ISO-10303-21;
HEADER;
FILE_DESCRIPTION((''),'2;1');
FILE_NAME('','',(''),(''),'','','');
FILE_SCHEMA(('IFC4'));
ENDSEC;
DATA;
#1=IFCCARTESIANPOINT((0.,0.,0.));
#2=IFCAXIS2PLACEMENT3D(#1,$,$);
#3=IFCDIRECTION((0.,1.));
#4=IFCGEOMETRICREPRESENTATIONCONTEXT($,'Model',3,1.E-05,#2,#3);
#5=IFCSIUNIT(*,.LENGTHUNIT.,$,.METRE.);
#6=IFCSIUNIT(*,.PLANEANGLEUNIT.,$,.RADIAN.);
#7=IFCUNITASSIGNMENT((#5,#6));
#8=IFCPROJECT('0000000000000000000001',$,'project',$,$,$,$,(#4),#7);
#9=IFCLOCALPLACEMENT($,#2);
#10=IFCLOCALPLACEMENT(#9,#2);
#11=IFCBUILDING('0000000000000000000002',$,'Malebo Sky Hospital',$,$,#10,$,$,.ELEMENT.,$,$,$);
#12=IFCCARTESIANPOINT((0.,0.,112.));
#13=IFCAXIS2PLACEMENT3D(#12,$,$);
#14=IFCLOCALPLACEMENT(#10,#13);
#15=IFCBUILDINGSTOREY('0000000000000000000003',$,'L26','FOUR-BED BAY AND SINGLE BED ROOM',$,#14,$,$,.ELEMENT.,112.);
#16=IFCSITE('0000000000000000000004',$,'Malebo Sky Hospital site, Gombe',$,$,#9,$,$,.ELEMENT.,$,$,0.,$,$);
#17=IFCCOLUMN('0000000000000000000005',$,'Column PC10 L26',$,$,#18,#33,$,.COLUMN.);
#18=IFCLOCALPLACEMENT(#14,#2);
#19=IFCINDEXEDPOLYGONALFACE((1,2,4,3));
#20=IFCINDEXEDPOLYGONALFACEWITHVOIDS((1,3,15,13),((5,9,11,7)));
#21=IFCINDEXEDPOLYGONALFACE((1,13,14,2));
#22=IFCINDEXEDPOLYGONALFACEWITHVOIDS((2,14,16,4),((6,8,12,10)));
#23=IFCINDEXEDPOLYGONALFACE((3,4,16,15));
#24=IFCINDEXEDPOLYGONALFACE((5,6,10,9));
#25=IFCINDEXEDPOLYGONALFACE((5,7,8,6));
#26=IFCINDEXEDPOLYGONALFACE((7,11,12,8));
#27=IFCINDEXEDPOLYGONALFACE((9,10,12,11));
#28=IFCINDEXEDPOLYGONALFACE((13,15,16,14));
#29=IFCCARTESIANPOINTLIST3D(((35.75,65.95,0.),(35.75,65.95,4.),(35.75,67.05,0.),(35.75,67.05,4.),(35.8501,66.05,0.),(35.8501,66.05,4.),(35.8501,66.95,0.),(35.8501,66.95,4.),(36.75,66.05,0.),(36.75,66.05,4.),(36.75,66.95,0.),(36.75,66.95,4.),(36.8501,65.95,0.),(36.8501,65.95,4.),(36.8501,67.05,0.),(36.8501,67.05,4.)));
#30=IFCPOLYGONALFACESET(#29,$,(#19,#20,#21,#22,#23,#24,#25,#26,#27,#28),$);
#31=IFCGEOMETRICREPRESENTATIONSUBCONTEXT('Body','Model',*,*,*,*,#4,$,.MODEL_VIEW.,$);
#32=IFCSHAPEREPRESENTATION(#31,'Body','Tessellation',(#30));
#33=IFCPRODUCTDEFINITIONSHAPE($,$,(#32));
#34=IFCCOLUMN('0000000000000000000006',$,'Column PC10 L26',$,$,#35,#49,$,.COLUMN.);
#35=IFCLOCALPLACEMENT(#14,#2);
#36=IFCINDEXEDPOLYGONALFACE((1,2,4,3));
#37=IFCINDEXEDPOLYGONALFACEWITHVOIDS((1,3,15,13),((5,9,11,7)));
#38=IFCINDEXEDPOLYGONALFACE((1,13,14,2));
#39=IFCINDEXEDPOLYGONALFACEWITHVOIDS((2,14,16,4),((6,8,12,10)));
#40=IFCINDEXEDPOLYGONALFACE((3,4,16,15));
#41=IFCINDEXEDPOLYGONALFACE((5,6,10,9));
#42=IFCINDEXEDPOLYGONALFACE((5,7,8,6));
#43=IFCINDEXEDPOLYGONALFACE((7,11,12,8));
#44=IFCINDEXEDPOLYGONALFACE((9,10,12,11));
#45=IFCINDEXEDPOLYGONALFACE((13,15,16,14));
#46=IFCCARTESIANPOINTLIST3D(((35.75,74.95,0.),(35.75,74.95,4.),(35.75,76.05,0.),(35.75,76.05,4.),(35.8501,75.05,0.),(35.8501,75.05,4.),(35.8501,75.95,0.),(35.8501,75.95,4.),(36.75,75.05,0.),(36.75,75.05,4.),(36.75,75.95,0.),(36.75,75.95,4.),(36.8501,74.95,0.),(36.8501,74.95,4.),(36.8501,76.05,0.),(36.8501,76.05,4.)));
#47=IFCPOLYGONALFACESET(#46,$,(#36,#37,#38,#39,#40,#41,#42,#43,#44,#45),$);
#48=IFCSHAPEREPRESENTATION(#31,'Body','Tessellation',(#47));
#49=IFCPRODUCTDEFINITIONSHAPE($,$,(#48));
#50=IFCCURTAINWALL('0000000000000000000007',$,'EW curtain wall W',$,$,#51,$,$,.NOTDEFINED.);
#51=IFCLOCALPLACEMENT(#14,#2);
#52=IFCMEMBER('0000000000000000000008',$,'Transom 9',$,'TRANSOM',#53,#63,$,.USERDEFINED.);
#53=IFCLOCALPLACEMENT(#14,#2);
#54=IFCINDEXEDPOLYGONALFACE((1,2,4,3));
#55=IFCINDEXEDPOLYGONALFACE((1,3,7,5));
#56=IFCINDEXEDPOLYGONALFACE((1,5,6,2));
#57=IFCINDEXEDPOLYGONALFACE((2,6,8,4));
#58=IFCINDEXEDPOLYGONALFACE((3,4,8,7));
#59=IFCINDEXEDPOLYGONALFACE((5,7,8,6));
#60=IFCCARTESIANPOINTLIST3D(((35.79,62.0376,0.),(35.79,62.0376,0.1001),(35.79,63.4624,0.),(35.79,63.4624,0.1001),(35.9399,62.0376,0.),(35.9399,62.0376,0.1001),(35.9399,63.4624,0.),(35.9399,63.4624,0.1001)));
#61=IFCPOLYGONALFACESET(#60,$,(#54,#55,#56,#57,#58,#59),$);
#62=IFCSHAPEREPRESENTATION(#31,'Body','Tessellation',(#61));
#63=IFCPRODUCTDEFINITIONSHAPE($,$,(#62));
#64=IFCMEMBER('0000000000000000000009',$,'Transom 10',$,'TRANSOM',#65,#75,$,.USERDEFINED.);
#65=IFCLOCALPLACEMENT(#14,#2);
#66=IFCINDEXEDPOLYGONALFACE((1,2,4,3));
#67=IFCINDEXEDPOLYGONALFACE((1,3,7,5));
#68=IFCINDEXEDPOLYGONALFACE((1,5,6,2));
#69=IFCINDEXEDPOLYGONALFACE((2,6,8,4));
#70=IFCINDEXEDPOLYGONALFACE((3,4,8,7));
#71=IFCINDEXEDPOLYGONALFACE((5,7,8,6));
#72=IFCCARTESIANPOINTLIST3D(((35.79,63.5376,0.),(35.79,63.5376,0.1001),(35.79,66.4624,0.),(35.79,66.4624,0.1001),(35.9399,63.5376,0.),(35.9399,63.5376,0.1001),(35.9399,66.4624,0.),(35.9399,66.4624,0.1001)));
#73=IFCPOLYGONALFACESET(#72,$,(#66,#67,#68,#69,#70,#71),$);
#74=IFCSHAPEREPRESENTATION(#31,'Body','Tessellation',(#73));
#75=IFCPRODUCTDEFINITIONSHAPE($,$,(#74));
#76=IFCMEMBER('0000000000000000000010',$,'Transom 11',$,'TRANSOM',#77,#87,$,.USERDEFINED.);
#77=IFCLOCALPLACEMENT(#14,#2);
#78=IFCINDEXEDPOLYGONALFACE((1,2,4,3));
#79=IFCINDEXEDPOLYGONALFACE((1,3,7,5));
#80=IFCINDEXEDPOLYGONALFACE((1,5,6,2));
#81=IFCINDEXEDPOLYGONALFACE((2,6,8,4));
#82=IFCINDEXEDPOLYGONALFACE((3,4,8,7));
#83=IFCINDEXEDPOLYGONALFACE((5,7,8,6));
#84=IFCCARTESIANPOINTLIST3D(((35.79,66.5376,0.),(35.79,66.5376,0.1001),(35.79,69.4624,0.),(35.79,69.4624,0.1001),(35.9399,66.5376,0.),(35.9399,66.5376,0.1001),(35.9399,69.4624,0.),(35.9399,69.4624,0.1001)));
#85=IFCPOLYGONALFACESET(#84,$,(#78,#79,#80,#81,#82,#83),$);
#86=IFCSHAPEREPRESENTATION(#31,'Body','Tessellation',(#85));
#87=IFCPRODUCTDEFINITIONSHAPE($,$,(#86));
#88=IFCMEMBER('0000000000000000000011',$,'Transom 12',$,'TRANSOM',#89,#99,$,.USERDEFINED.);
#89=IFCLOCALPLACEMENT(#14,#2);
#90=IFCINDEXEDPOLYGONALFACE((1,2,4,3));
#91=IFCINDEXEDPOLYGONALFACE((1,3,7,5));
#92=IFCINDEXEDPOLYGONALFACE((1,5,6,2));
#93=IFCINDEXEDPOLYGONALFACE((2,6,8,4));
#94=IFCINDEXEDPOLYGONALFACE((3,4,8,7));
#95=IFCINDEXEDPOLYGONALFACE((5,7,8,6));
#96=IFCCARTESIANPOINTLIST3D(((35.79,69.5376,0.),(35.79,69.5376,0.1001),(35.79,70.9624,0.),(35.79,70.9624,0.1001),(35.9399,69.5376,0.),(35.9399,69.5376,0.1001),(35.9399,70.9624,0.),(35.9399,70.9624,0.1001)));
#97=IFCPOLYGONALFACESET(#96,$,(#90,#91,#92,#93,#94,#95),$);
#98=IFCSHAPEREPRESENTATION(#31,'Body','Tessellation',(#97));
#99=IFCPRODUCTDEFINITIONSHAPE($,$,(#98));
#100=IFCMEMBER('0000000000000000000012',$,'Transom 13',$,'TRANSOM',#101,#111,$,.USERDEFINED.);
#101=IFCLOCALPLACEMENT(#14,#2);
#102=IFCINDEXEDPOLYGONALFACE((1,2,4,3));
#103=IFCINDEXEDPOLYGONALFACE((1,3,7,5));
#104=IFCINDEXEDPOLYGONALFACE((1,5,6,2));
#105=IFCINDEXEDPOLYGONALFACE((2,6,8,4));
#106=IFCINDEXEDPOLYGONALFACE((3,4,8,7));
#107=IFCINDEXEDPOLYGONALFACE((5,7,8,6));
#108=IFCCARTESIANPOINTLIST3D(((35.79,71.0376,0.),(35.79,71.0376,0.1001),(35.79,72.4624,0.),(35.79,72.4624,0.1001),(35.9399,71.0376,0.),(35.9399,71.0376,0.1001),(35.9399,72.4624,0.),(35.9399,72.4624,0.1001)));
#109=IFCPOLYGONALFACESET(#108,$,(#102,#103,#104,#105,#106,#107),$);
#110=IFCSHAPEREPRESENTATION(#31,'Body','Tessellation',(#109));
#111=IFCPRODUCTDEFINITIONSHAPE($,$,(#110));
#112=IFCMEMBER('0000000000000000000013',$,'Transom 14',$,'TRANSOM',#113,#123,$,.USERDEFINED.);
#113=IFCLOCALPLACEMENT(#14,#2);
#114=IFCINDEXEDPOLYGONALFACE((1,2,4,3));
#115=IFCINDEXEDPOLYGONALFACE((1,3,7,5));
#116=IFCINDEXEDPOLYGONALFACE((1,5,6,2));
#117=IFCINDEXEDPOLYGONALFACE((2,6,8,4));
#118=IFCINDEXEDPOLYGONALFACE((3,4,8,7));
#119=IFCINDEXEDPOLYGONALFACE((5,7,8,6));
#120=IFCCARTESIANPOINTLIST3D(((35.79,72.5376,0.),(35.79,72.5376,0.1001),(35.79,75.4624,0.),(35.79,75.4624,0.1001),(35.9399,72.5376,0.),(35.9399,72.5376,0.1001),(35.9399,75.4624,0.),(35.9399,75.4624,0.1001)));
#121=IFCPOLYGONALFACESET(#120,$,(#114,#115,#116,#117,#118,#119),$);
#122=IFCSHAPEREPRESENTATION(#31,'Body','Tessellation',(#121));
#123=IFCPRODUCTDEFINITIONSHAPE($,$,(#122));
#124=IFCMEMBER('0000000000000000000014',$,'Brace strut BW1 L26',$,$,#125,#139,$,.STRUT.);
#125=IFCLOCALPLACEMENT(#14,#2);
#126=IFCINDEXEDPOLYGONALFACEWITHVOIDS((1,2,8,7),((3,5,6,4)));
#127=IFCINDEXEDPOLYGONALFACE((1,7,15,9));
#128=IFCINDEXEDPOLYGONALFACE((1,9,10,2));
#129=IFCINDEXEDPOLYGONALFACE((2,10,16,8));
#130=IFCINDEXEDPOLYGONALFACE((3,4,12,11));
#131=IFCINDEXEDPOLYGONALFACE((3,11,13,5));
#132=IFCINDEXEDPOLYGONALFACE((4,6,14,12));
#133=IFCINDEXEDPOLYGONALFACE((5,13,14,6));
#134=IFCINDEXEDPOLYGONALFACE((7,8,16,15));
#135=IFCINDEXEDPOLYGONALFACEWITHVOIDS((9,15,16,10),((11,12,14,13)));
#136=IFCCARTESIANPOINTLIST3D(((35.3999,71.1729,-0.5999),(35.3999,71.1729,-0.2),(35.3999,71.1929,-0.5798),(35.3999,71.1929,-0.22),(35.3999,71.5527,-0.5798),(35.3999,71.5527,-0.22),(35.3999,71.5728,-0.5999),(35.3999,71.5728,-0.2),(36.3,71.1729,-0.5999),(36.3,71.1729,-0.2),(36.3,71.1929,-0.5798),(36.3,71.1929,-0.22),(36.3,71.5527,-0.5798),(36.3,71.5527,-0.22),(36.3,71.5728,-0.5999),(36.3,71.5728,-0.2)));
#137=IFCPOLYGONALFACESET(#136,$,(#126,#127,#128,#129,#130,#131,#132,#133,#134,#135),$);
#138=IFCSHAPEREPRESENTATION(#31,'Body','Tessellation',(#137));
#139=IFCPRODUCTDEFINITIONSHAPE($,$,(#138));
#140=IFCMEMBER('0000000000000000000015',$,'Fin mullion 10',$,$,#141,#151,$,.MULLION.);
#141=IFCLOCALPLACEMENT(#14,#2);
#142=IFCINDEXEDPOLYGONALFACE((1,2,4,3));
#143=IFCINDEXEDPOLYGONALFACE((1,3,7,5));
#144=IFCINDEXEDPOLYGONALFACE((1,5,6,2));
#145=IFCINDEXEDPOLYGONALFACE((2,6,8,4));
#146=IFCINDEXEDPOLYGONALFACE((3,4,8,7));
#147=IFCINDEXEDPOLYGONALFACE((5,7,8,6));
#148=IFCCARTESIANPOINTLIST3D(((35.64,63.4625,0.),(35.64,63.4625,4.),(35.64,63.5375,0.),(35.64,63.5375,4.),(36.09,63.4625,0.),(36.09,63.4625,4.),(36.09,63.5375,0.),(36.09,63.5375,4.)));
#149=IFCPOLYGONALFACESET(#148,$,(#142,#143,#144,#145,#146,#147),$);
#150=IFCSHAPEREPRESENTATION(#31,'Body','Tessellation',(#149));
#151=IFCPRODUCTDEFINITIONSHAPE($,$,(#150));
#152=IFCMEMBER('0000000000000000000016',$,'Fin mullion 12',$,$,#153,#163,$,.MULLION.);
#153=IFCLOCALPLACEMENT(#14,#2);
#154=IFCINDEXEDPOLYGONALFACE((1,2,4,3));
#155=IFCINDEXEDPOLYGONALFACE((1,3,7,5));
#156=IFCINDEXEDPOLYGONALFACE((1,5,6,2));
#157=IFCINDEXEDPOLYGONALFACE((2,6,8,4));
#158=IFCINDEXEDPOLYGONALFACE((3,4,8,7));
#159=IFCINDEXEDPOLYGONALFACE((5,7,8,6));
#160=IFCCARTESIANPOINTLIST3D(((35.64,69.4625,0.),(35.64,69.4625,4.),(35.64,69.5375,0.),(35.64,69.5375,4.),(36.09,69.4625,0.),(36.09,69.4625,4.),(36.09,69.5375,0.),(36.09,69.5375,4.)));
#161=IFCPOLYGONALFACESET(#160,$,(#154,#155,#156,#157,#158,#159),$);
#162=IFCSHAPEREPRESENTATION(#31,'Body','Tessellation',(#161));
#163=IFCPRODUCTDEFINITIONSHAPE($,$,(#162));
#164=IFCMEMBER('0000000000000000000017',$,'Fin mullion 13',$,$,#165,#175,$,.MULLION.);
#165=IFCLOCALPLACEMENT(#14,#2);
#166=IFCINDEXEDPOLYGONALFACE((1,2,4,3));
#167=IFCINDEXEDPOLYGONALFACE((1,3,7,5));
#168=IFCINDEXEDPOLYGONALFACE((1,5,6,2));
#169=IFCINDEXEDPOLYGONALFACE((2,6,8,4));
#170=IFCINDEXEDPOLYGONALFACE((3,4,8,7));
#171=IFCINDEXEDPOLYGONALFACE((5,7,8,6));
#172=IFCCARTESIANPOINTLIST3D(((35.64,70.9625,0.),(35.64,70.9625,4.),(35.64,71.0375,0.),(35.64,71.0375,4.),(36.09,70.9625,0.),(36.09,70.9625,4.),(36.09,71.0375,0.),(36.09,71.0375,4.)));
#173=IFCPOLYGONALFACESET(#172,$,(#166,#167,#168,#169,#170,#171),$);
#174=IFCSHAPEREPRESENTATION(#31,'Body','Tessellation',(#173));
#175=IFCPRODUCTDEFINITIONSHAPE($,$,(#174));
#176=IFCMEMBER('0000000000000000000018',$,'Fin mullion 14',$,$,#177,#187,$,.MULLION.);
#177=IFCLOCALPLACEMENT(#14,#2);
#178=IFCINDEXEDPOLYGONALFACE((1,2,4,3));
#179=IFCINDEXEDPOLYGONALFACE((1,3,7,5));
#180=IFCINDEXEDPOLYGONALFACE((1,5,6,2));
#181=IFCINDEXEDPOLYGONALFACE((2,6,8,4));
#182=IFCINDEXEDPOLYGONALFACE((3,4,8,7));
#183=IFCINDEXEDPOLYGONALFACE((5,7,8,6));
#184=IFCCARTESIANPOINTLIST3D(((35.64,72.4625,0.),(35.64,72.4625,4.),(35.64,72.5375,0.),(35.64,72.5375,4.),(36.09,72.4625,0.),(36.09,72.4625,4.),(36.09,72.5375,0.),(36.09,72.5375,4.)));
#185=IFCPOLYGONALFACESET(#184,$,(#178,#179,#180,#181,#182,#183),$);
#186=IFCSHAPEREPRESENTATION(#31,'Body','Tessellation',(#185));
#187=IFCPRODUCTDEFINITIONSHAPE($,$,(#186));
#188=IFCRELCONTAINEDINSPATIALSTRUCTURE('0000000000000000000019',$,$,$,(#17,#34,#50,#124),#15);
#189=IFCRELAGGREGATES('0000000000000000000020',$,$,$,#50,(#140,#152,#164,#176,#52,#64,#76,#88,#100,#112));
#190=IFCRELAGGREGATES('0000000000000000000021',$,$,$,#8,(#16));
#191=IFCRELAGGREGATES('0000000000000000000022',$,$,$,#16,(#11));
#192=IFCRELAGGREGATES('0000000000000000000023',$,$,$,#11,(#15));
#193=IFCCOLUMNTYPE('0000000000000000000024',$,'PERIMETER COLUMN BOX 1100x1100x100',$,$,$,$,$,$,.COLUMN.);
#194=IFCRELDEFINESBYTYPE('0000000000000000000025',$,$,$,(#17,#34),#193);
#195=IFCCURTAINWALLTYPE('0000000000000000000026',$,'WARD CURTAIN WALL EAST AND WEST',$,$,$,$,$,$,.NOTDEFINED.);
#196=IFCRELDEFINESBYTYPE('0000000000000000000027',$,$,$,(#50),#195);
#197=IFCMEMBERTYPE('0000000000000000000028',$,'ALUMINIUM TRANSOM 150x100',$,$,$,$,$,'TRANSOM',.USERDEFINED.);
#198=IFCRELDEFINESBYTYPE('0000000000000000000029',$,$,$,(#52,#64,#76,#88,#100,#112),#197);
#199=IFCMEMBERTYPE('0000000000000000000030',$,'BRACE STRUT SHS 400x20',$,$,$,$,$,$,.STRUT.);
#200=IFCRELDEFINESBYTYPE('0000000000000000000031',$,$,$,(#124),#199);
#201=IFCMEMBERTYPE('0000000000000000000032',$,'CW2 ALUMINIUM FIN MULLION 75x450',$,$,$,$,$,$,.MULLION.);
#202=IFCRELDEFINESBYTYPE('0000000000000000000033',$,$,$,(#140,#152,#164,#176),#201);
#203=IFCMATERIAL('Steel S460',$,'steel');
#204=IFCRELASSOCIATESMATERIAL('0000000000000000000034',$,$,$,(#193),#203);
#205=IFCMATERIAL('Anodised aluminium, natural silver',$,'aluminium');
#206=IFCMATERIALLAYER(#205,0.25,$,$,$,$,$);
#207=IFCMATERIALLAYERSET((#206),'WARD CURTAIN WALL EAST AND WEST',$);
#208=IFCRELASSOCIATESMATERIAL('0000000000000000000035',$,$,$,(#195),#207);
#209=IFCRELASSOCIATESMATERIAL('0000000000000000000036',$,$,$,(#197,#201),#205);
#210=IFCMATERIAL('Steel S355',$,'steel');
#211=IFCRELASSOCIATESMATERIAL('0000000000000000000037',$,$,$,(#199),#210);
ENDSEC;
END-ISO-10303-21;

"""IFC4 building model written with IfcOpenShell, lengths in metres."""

from ifc_helpers import new_model, si_unit, direction, frame, origin, origin_2d, place, context, subcontext, project, spatial, rectangle, hollow_rectangle, extrude, material, layer, layer_set, material_profile, profile_set, type_object, element, aggregate, save


model = new_model("IFC4")

# Units and contexts
model_context = context("Model", 3, precision=1e-05, world=origin(), true_north=direction((0.0, 1.0)))
body_context = subcontext(model_context, "Body", "Model", "MODEL_VIEW")
ifc_project = project(units=[si_unit("LENGTHUNIT", "METRE"), si_unit("PLANEANGLEUNIT", "RADIAN")], contexts=[model_context])

# Site, building, storey
site_placement = place(None, origin())
site = spatial("IfcSite", under=ifc_project, at=site_placement, Name="Malebo Sky Hospital site, Gombe", CompositionType="ELEMENT", RefElevation=0.0)
building_placement = place(site_placement, origin())
building = spatial("IfcBuilding", under=site, at=building_placement, Name="Malebo Sky Hospital", CompositionType="ELEMENT")
storey_placement = place(building_placement, frame((0.0, 0.0, 112.0)))
storey = spatial("IfcBuildingStorey", under=building, at=storey_placement, Name="L26", Description="FOUR-BED BAY AND SINGLE BED ROOM", CompositionType="ELEMENT", Elevation=112.0)

# Columns
ifc_material_1 = material(Name="Steel S460", Category="steel")
ifc_material_profile_1 = material_profile(ifc_material_1, hollow_rectangle(XDim=1.1001, YDim=1.1001, WallThickness=0.1001, at=origin_2d()), Name="BOX 1100x1100x100")
ifc_profile_set_1 = profile_set([ifc_material_profile_1], Name="Steel S460")
column_type = type_object("IfcColumnType", Name="PERIMETER COLUMN BOX 1100x1100x100", PredefinedType="COLUMN", material=ifc_profile_set_1)
for number, where, z_axis, x_axis, name in (
    (1, (36.3, 66.5, 0.0), (0.0, 0.0, 1.0), (1.0, 0.0, 0.0), "Column PC10 L26"),
    (2, (36.3, 75.5, 0.0), (0.0, 0.0, 1.0), (1.0, 0.0, 0.0), "Column PC10 L26"),
):
    element("IfcColumn", number, at=place(storey_placement, frame(where, z_axis=z_axis, x_axis=x_axis)), inside=storey, type_object=column_type, Name=name, PredefinedType="COLUMN", context=body_context, shape_type="SweptSolid", body=[
        extrude(hollow_rectangle(XDim=1.1001, YDim=1.1001, WallThickness=0.1001, at=origin_2d()), origin(), (0.0, 0.0, 1.0), 4.0),
    ])

# Curtain wall, members
ifc_material_2 = material(Name="Anodised aluminium, natural silver", Category="aluminium")
ifc_layer_1 = layer(ifc_material_2, 0.25)
ifc_layer_set_1 = layer_set([ifc_layer_1], Name="WARD CURTAIN WALL EAST AND WEST")
curtain_wall_type = type_object("IfcCurtainWallType", Name="WARD CURTAIN WALL EAST AND WEST", PredefinedType="NOTDEFINED", material=ifc_layer_set_1)
curtain_wall_placement = place(storey_placement, origin())
curtain_wall = element("IfcCurtainWall", 3, at=curtain_wall_placement, inside=storey, type_object=curtain_wall_type, Name="EW curtain wall W", PredefinedType="NOTDEFINED")
ifc_material_profile_2 = material_profile(ifc_material_2, rectangle(XDim=0.1499, YDim=0.1001, at=origin_2d()), Name="ALUMINIUM TRANSOM 150x100")
ifc_profile_set_2 = profile_set([ifc_material_profile_2], Name="Anodised aluminium, natural silver")
member_type_1 = type_object("IfcMemberType", Name="ALUMINIUM TRANSOM 150x100", ElementType="TRANSOM", PredefinedType="USERDEFINED", material=ifc_profile_set_2)
member_1_placement = place(storey_placement, frame((35.865, 62.0376, 0.05), z_axis=(0.0, 1.0, 0.0), x_axis=(-1.0, 0.0, 0.0)))
member_1 = element("IfcMember", 4, at=member_1_placement, type_object=member_type_1, Name="Transom 9", ObjectType="TRANSOM", PredefinedType="USERDEFINED", context=body_context, shape_type="SweptSolid", body=[
    extrude(rectangle(XDim=0.1499, YDim=0.1001, at=origin_2d()), origin(), (0.0, 0.0, 1.0), 1.4248),
])
member_2_placement = place(storey_placement, frame((35.865, 63.5376, 0.05), z_axis=(0.0, 1.0, 0.0), x_axis=(-1.0, 0.0, 0.0)))
member_2 = element("IfcMember", 5, at=member_2_placement, type_object=member_type_1, Name="Transom 10", ObjectType="TRANSOM", PredefinedType="USERDEFINED", context=body_context, shape_type="SweptSolid", body=[
    extrude(rectangle(XDim=0.1499, YDim=0.1001, at=origin_2d()), origin(), (0.0, 0.0, 1.0), 2.9248),
])
member_3_placement = place(storey_placement, frame((35.865, 66.5376, 0.05), z_axis=(0.0, 1.0, 0.0), x_axis=(-1.0, 0.0, 0.0)))
member_3 = element("IfcMember", 6, at=member_3_placement, type_object=member_type_1, Name="Transom 11", ObjectType="TRANSOM", PredefinedType="USERDEFINED", context=body_context, shape_type="SweptSolid", body=[
    extrude(rectangle(XDim=0.1499, YDim=0.1001, at=origin_2d()), origin(), (0.0, 0.0, 1.0), 2.9248),
])
member_4_placement = place(storey_placement, frame((35.865, 69.5376, 0.05), z_axis=(0.0, 1.0, 0.0), x_axis=(-1.0, 0.0, 0.0)))
member_4 = element("IfcMember", 7, at=member_4_placement, type_object=member_type_1, Name="Transom 12", ObjectType="TRANSOM", PredefinedType="USERDEFINED", context=body_context, shape_type="SweptSolid", body=[
    extrude(rectangle(XDim=0.1499, YDim=0.1001, at=origin_2d()), origin(), (0.0, 0.0, 1.0), 1.4248),
])
member_5_placement = place(storey_placement, frame((35.865, 71.0376, 0.05), z_axis=(0.0, 1.0, 0.0), x_axis=(-1.0, 0.0, 0.0)))
member_5 = element("IfcMember", 8, at=member_5_placement, type_object=member_type_1, Name="Transom 13", ObjectType="TRANSOM", PredefinedType="USERDEFINED", context=body_context, shape_type="SweptSolid", body=[
    extrude(rectangle(XDim=0.1499, YDim=0.1001, at=origin_2d()), origin(), (0.0, 0.0, 1.0), 1.4248),
])
member_6_placement = place(storey_placement, frame((35.865, 72.5376, 0.05), z_axis=(0.0, 1.0, 0.0), x_axis=(-1.0, 0.0, 0.0)))
member_6 = element("IfcMember", 9, at=member_6_placement, type_object=member_type_1, Name="Transom 14", ObjectType="TRANSOM", PredefinedType="USERDEFINED", context=body_context, shape_type="SweptSolid", body=[
    extrude(rectangle(XDim=0.1499, YDim=0.1001, at=origin_2d()), origin(), (0.0, 0.0, 1.0), 2.9248),
])

# Members
ifc_material_3 = material(Name="Steel S355", Category="steel")
ifc_material_profile_3 = material_profile(ifc_material_3, hollow_rectangle(XDim=0.3999, YDim=0.3999, WallThickness=0.02, at=origin_2d()), Name="SHS 400x20")
ifc_profile_set_3 = profile_set([ifc_material_profile_3], Name="Steel S355")
member_type_2 = type_object("IfcMemberType", Name="BRACE STRUT SHS 400x20", PredefinedType="STRUT", material=ifc_profile_set_3)
member_7_placement = place(storey_placement, frame((35.3999, 71.3728, -0.3999), z_axis=(1.0, 0.0, 0.0), x_axis=(0.0, 1.0, 0.0)))
element("IfcMember", 10, at=member_7_placement, inside=storey, type_object=member_type_2, Name="Brace strut BW1 L26", PredefinedType="STRUT", context=body_context, shape_type="SweptSolid", body=[
    extrude(hollow_rectangle(XDim=0.3999, YDim=0.3999, WallThickness=0.02, at=origin_2d()), origin(), (0.0, 0.0, 1.0), 0.9001),
])
ifc_material_profile_4 = material_profile(ifc_material_2, rectangle(XDim=0.075, YDim=0.45, at=origin_2d()), Name="CW2 ALUMINIUM FIN MULLION 75x450")
ifc_profile_set_4 = profile_set([ifc_material_profile_4], Name="Anodised aluminium, natural silver")
member_type_3 = type_object("IfcMemberType", Name="CW2 ALUMINIUM FIN MULLION 75x450", PredefinedType="MULLION", material=ifc_profile_set_4)
member_8_placement = place(storey_placement, frame((35.865, 63.5, 0.0), z_axis=(0.0, 0.0, 1.0), x_axis=(0.0, 1.0, 0.0)))
member_8 = element("IfcMember", 11, at=member_8_placement, type_object=member_type_3, Name="Fin mullion 10", PredefinedType="MULLION", context=body_context, shape_type="SweptSolid", body=[
    extrude(rectangle(XDim=0.075, YDim=0.45, at=origin_2d()), origin(), (0.0, 0.0, 1.0), 4.0),
])
member_9_placement = place(storey_placement, frame((35.865, 69.5, 0.0), z_axis=(0.0, 0.0, 1.0), x_axis=(0.0, 1.0, 0.0)))
member_9 = element("IfcMember", 12, at=member_9_placement, type_object=member_type_3, Name="Fin mullion 12", PredefinedType="MULLION", context=body_context, shape_type="SweptSolid", body=[
    extrude(rectangle(XDim=0.075, YDim=0.45, at=origin_2d()), origin(), (0.0, 0.0, 1.0), 4.0),
])
member_10_placement = place(storey_placement, frame((35.865, 71.0, 0.0), z_axis=(0.0, 0.0, 1.0), x_axis=(0.0, 1.0, 0.0)))
member_10 = element("IfcMember", 13, at=member_10_placement, type_object=member_type_3, Name="Fin mullion 13", PredefinedType="MULLION", context=body_context, shape_type="SweptSolid", body=[
    extrude(rectangle(XDim=0.075, YDim=0.45, at=origin_2d()), origin(), (0.0, 0.0, 1.0), 4.0),
])
member_11_placement = place(storey_placement, frame((35.865, 72.5, 0.0), z_axis=(0.0, 0.0, 1.0), x_axis=(0.0, 1.0, 0.0)))
member_11 = element("IfcMember", 14, at=member_11_placement, type_object=member_type_3, Name="Fin mullion 14", PredefinedType="MULLION", context=body_context, shape_type="SweptSolid", body=[
    extrude(rectangle(XDim=0.075, YDim=0.45, at=origin_2d()), origin(), (0.0, 0.0, 1.0), 4.0),
])

aggregate(curtain_wall, [member_8, member_9, member_10, member_11, member_1, member_2, member_3, member_4, member_5, member_6])

save(model, "model.ifc")
